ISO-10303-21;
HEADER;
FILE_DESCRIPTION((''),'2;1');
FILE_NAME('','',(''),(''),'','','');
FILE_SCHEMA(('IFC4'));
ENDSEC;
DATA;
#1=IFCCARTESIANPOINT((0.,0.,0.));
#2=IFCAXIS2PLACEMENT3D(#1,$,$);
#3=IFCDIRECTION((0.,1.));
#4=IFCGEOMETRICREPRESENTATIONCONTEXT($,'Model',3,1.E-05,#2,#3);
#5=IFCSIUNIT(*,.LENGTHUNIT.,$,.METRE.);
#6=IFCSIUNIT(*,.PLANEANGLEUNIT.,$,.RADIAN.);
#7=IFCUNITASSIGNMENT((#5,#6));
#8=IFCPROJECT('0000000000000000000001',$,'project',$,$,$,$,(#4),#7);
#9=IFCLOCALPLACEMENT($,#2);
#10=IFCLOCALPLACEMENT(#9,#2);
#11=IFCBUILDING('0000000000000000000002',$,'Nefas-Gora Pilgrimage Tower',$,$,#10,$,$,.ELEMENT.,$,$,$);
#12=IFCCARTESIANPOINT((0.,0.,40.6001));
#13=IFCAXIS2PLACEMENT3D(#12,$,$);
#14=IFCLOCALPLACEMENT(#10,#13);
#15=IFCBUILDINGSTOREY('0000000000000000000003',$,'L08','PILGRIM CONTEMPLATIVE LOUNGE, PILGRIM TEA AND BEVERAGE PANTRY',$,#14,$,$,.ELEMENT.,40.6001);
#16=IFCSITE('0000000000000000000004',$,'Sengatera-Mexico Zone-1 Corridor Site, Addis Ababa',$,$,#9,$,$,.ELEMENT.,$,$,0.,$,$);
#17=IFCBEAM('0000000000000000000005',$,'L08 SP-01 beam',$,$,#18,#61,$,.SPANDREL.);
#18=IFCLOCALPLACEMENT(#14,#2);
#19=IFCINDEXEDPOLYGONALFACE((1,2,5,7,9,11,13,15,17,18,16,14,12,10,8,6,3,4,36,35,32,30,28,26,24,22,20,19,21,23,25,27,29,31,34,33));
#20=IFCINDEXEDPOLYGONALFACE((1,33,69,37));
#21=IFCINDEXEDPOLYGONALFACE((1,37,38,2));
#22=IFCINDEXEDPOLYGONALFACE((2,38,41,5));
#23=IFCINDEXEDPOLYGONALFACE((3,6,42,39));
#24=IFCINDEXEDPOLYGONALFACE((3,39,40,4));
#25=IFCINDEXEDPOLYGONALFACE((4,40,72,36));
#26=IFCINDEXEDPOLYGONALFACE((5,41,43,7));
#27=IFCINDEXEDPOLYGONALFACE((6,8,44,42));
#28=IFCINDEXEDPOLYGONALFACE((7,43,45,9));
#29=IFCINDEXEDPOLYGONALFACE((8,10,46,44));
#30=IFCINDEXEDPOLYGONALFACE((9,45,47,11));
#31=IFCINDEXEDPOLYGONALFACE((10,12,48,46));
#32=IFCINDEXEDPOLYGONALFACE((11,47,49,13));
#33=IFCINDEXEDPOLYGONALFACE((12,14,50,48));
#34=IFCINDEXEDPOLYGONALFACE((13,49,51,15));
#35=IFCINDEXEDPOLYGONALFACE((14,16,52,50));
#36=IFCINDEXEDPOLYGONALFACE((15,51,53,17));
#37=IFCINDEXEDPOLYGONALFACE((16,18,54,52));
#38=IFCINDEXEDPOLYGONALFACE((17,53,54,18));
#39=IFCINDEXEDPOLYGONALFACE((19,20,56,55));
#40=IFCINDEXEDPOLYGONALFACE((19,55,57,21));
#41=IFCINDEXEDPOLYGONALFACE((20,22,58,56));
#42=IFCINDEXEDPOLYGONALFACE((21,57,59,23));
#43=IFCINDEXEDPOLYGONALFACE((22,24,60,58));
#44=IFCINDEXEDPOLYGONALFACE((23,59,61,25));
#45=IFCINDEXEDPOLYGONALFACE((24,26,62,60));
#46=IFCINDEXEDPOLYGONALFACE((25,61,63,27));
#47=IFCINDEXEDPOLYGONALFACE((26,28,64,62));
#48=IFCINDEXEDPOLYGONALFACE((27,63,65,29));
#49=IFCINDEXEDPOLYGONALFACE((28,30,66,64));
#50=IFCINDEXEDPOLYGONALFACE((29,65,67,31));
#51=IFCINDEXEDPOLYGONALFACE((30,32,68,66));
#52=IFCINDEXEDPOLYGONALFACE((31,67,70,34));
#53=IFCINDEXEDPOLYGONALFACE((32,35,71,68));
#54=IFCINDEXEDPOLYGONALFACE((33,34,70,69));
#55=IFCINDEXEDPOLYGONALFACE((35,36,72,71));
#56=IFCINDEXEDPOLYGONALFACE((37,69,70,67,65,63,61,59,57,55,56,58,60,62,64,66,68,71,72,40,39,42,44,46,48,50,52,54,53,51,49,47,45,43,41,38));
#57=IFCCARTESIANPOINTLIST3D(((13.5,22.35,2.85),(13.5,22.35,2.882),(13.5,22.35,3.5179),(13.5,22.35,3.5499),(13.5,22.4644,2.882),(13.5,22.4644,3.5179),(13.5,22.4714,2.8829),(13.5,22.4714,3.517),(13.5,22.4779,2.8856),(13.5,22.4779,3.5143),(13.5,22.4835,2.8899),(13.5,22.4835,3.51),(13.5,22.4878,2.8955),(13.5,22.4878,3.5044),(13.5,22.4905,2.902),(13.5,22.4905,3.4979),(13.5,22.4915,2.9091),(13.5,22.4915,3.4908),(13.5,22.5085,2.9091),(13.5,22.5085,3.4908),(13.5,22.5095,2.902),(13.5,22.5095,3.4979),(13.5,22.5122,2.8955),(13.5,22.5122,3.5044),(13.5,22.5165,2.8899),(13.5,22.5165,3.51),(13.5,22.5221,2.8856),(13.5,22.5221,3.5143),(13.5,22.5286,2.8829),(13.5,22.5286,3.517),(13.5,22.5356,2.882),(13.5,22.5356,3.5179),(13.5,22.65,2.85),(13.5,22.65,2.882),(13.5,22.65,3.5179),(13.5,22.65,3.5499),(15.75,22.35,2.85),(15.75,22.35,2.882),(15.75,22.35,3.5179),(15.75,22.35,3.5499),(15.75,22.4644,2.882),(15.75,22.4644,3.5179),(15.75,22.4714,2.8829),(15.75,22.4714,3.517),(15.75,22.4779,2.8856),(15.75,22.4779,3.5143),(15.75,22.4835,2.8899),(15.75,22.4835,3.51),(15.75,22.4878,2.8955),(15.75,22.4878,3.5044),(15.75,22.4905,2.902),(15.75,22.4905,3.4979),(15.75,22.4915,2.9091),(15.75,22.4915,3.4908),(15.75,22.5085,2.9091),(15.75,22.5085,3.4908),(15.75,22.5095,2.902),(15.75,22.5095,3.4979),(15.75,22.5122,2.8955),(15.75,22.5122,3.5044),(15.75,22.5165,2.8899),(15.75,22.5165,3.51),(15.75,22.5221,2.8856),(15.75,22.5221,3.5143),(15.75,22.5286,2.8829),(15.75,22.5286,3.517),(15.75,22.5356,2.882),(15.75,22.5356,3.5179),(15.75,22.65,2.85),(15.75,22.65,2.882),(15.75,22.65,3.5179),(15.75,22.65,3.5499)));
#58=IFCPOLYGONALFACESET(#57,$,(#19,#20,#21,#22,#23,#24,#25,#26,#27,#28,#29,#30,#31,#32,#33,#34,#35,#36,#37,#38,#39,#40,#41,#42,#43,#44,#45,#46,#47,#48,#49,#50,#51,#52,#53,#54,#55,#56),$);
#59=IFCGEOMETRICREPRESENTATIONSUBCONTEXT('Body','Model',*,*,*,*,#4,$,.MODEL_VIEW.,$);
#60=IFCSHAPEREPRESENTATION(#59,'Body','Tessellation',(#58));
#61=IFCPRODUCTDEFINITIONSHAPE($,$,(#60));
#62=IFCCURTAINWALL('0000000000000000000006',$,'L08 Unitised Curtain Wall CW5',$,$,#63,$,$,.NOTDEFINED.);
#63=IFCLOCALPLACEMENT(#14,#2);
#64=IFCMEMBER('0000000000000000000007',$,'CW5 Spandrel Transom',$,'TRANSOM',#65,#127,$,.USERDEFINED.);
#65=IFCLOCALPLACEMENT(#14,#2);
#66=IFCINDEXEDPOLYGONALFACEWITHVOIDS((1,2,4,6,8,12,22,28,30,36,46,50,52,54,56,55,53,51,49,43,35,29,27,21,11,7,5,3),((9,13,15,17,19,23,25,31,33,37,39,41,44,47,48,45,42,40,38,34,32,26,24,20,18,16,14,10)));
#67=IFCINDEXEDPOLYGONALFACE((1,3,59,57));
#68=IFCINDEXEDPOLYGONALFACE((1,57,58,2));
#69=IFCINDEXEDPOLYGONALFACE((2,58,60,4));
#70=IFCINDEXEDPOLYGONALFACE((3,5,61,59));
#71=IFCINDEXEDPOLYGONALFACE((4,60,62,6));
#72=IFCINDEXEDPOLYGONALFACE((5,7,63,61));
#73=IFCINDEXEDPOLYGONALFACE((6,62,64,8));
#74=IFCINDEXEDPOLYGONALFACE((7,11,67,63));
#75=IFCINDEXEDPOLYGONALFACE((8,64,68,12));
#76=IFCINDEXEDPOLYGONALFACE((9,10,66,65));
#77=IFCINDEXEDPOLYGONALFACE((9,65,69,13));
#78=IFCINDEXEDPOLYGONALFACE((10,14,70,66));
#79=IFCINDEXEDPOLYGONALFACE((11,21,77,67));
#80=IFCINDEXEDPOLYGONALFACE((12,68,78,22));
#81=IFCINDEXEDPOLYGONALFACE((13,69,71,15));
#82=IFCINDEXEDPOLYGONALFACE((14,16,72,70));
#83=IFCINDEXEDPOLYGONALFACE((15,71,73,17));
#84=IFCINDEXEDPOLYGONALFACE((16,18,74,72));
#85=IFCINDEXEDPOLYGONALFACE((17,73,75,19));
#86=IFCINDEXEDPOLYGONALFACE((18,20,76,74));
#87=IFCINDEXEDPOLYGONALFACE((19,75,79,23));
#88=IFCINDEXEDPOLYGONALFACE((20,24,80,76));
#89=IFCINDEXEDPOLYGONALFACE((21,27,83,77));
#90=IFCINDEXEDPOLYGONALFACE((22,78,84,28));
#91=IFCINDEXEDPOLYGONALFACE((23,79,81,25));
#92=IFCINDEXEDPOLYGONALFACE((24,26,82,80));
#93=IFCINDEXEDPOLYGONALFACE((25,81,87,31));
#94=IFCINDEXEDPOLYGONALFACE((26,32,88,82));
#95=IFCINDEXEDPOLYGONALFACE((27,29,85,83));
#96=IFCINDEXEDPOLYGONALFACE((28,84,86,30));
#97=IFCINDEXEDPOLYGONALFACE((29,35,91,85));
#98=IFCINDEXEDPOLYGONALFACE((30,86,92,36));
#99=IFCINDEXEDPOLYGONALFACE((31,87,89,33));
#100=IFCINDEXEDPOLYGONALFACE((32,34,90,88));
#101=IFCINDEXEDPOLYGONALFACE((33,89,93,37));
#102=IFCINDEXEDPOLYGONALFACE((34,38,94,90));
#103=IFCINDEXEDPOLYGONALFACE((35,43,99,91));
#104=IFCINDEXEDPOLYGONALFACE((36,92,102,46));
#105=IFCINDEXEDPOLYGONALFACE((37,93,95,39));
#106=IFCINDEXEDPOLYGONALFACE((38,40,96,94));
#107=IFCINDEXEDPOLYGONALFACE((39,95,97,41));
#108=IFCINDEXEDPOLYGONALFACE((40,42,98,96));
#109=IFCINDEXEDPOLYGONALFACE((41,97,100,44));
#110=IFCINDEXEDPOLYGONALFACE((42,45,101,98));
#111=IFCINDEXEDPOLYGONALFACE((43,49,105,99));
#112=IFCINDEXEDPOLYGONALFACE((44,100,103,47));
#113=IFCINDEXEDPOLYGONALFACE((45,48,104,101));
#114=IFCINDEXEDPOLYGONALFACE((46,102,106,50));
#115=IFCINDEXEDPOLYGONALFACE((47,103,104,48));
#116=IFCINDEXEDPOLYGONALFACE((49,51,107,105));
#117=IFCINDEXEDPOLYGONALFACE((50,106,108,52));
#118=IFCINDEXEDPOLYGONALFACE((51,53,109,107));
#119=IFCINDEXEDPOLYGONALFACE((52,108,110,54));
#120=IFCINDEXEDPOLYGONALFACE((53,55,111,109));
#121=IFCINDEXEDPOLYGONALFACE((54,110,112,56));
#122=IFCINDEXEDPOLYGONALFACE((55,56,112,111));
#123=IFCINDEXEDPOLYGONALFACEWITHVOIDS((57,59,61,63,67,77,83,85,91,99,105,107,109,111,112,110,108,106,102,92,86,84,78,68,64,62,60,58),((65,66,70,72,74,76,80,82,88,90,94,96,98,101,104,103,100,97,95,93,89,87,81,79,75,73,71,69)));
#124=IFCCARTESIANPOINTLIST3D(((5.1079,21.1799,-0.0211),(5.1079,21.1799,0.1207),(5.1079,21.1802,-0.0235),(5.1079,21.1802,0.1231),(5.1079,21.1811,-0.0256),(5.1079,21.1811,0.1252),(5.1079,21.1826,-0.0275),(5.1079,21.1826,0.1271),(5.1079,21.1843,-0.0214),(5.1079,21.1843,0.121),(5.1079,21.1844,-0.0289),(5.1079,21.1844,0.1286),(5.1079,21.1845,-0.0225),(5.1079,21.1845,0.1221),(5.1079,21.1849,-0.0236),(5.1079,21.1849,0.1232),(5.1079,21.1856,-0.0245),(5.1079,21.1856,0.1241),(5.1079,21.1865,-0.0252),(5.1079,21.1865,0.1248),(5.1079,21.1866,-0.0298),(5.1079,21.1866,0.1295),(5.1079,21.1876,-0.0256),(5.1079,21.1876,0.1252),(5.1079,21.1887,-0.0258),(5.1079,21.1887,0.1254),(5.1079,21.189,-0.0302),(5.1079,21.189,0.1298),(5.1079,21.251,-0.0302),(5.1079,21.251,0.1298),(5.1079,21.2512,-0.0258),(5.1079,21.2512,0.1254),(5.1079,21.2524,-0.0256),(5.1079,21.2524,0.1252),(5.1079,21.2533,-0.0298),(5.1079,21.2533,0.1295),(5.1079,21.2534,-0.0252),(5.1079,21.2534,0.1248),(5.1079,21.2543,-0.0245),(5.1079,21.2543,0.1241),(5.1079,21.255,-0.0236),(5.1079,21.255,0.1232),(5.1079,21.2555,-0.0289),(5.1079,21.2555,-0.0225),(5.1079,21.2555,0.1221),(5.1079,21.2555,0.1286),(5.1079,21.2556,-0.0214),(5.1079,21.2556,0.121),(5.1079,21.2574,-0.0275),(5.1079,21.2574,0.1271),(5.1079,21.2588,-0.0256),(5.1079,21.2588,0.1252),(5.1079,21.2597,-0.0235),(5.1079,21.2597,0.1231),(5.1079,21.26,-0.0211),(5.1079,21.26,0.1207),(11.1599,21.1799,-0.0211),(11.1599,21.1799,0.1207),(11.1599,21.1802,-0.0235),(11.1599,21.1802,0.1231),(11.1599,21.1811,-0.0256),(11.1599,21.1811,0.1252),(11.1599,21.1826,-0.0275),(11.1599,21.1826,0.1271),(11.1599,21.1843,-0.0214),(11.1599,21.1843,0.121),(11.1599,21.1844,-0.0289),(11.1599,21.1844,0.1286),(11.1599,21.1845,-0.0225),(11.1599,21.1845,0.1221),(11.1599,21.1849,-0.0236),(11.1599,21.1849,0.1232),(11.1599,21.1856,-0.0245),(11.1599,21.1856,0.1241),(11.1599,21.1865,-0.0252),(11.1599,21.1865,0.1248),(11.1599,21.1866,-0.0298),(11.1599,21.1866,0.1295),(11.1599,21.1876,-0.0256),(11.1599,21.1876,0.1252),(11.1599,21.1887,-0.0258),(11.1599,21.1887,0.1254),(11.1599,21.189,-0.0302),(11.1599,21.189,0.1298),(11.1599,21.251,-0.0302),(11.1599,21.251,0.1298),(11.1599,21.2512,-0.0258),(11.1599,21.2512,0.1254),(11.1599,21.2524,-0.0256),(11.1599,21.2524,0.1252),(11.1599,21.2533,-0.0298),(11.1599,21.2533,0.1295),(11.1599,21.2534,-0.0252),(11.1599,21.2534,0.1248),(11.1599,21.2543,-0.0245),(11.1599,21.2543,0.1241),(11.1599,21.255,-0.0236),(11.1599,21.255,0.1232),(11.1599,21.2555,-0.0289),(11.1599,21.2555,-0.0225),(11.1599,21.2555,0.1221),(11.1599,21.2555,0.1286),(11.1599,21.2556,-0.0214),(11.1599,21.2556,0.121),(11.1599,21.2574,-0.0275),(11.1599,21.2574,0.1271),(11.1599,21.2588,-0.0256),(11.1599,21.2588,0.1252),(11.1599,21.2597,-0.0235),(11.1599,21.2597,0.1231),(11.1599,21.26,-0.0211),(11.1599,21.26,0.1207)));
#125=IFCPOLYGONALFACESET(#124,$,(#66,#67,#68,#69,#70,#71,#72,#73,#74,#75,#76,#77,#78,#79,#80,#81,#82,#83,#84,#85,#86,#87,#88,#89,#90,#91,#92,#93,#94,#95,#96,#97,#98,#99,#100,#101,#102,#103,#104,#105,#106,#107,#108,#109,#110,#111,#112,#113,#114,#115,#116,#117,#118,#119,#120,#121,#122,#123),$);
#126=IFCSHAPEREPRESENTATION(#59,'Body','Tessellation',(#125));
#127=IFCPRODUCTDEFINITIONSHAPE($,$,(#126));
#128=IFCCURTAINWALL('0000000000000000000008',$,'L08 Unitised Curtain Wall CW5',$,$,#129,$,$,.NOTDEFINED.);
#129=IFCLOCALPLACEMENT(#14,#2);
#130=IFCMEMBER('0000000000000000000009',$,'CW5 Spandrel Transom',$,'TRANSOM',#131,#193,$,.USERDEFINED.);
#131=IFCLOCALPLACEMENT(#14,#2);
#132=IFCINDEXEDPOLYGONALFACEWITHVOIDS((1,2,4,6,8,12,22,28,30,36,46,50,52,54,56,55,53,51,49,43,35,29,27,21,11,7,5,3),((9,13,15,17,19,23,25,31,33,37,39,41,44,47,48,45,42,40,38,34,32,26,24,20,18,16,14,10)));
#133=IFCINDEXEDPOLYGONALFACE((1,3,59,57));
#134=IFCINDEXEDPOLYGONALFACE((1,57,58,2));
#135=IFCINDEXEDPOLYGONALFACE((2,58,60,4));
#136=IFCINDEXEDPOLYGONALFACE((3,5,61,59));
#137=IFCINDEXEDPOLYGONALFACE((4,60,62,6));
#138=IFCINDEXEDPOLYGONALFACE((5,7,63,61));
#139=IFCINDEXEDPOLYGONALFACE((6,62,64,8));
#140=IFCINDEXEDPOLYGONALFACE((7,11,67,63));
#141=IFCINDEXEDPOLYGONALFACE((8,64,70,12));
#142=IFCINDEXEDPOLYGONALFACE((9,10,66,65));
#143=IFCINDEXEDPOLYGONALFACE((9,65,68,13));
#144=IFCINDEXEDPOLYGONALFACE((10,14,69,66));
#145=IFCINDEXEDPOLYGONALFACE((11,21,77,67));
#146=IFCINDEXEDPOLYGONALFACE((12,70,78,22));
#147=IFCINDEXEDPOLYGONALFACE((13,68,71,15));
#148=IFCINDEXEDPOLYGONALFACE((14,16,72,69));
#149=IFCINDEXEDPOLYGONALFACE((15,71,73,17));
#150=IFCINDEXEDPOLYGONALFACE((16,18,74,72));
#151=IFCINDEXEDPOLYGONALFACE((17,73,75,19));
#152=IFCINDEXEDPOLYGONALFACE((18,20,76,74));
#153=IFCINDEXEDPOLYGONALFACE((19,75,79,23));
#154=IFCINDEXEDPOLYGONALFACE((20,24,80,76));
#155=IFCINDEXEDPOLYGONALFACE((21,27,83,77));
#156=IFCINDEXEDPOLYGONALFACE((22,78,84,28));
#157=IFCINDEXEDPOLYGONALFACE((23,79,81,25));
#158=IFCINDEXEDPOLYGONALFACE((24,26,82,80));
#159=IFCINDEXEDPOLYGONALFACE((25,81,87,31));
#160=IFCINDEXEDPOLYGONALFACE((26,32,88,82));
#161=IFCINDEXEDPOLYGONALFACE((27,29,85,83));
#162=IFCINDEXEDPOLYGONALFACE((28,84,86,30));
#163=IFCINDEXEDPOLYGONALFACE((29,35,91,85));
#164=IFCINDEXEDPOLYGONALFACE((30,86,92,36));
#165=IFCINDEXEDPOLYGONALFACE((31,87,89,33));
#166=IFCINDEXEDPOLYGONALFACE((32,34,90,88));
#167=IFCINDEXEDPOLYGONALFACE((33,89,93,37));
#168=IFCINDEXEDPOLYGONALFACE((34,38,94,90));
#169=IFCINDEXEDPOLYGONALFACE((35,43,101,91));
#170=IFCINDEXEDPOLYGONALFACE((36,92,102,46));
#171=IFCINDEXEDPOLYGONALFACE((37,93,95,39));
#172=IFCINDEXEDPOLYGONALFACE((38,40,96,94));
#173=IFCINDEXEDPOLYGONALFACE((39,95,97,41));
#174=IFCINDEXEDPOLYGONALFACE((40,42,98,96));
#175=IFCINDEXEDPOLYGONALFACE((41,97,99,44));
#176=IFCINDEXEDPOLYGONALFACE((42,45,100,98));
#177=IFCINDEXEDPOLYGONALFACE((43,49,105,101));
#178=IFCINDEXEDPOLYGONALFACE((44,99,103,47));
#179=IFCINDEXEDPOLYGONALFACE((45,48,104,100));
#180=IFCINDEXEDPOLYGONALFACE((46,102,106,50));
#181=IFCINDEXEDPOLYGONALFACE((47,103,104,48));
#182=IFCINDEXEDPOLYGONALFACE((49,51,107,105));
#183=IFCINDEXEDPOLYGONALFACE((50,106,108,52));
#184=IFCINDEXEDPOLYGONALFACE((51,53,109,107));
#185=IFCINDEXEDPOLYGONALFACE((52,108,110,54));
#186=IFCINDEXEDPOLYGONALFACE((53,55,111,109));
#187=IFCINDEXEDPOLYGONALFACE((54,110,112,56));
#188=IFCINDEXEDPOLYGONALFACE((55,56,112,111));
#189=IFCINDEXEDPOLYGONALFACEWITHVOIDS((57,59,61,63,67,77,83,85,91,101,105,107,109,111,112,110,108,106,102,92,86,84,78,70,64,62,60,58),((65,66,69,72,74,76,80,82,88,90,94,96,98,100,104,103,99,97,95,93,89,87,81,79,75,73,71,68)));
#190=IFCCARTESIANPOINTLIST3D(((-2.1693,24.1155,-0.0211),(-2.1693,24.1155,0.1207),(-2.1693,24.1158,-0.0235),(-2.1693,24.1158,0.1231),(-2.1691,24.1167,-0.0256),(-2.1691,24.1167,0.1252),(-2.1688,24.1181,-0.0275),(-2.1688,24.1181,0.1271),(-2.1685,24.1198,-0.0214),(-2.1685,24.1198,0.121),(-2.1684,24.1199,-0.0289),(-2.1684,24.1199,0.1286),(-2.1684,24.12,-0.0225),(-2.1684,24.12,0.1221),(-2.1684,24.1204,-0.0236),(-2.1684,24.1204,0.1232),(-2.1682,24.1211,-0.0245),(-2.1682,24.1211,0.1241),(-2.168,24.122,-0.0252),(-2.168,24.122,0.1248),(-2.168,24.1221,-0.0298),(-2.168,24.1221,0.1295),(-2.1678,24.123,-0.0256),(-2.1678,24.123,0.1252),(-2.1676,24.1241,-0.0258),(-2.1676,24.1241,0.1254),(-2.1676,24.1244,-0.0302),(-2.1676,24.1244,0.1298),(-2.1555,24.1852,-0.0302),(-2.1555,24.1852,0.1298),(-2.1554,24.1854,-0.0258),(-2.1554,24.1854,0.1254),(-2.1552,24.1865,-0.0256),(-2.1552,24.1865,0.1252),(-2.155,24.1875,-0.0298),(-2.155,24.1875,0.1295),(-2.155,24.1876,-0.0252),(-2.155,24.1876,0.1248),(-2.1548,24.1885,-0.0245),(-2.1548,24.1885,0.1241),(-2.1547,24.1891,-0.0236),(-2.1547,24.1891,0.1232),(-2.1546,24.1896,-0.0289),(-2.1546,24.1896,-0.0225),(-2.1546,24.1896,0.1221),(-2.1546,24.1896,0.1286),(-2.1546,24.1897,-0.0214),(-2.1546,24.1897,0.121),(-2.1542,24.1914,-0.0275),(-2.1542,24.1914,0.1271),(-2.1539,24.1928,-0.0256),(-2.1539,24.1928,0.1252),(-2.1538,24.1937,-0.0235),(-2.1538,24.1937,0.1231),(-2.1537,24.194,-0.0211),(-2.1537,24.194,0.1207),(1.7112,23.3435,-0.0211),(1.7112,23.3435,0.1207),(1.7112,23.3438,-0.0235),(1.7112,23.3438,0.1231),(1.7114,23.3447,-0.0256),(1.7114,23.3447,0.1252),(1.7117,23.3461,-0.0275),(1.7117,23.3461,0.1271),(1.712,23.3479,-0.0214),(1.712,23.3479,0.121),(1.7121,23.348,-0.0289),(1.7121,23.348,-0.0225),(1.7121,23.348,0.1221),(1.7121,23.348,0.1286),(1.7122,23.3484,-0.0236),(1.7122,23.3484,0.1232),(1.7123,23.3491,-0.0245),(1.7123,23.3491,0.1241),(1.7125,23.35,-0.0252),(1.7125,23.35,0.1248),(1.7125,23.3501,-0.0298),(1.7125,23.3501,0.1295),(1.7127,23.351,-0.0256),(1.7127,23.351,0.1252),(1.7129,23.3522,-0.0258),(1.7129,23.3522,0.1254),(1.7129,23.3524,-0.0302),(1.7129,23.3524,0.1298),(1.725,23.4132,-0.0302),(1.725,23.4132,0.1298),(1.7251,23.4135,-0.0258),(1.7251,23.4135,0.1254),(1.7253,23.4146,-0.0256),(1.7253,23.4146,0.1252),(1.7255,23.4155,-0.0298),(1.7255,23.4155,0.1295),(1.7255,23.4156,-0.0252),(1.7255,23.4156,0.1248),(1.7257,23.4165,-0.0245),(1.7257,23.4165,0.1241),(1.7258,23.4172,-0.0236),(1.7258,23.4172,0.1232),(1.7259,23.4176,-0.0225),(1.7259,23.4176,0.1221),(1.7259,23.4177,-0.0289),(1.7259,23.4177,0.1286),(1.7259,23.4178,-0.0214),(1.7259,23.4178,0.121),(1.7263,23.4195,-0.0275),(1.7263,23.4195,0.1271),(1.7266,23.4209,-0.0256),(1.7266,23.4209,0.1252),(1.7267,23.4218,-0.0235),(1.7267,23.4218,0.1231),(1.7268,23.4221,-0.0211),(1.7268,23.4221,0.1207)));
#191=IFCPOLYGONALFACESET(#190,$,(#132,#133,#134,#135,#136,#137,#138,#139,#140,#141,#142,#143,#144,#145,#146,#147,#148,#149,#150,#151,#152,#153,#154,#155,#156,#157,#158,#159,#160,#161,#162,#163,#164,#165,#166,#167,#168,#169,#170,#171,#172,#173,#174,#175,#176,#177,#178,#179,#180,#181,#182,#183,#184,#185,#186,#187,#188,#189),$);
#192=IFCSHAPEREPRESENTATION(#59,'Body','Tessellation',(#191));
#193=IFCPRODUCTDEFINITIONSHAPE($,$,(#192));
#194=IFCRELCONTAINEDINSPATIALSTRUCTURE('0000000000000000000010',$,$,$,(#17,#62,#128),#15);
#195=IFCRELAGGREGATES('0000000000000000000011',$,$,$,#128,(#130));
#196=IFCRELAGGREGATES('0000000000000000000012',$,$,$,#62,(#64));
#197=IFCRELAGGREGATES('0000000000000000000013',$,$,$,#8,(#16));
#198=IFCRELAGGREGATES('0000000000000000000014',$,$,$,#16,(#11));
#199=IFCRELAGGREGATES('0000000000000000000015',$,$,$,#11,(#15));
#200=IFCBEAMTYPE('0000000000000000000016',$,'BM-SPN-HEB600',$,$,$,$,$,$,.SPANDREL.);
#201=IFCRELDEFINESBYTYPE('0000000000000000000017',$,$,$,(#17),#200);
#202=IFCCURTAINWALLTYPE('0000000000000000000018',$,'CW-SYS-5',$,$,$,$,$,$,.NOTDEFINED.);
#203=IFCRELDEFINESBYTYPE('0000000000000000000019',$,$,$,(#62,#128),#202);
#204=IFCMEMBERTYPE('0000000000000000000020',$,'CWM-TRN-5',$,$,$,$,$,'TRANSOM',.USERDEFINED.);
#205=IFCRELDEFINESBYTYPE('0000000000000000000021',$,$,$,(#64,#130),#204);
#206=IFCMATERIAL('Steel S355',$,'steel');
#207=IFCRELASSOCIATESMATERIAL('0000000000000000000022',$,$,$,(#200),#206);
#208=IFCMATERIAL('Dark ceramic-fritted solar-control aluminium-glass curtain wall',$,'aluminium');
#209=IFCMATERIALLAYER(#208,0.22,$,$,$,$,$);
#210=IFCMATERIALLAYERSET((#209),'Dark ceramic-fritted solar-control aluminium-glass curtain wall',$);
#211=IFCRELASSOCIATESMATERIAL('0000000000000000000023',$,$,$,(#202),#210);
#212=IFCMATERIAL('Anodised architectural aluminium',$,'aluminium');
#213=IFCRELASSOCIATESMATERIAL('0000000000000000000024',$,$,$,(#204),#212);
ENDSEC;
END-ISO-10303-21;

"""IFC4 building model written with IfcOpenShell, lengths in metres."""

from ifc_helpers import new_model, si_unit, direction, frame, origin, origin_2d, place, context, subcontext, project, spatial, hollow_rectangle, i_section, extrude, source, transform, mapped, material, layer, layer_set, material_profile, profile_set, type_object, element, aggregate, save


model = new_model("IFC4")

# Units and contexts
model_context = context("Model", 3, precision=1e-05, world=origin(), true_north=direction((0.0, 1.0)))
body_context = subcontext(model_context, "Body", "Model", "MODEL_VIEW")
ifc_project = project(units=[si_unit("LENGTHUNIT", "METRE"), si_unit("PLANEANGLEUNIT", "RADIAN")], contexts=[model_context])

# Site, building, storey
site_placement = place(None, origin())
site = spatial("IfcSite", under=ifc_project, at=site_placement, Name="Sengatera-Mexico Zone-1 Corridor Site, Addis Ababa", CompositionType="ELEMENT", RefElevation=0.0)
building_placement = place(site_placement, origin())
building = spatial("IfcBuilding", under=site, at=building_placement, Name="Nefas-Gora Pilgrimage Tower", CompositionType="ELEMENT")
storey_placement = place(building_placement, frame((0.0, 0.0, 40.6001)))
storey = spatial("IfcBuildingStorey", under=building, at=storey_placement, Name="L08", Description="PILGRIM CONTEMPLATIVE LOUNGE, PILGRIM TEA AND BEVERAGE PANTRY", CompositionType="ELEMENT", Elevation=40.6001)

# Beam
ifc_material_1 = material(Name="Steel S355", Category="steel")
ifc_material_profile_1 = material_profile(ifc_material_1, i_section(OverallWidth=0.3, OverallDepth=0.7, WebThickness=0.0171, FlangeThickness=0.032, FilletRadius=0.0271, at=origin_2d()), Name="HEB 700")
ifc_profile_set_1 = profile_set([ifc_material_profile_1], Name="Steel S355")
beam_type_1 = type_object("IfcBeamType", Name="BM-SPN-HEB600", PredefinedType="SPANDREL", material=ifc_profile_set_1)
shared_shape_1 = source(origin(), body_context, "Body", "SweptSolid", [
    extrude(i_section(OverallWidth=0.3, OverallDepth=0.7, WebThickness=0.0171, FlangeThickness=0.032, FilletRadius=0.0271, at=origin_2d()), origin(), (0.0, 0.0, 1.0), 2.25),
])
beam_1_placement = place(storey_placement, frame((13.5, 22.5, 3.2), z_axis=(1.0, 0.0, 0.0), x_axis=(0.0, 1.0, 0.0)))
element("IfcBeam", 1, at=beam_1_placement, inside=storey, type_object=beam_type_1, Name="L08 SP-01 beam", PredefinedType="SPANDREL", context=body_context, shape_type="MappedRepresentation", body=[
    mapped(shared_shape_1, transform((0.0, 0.0, 0.0), x_axis=(1.0, 0.0, 0.0), y_axis=(0.0, 1.0, 0.0), z_axis=(0.0, 0.0, 1.0), scale=1.0)),
])

# Curtain walls, members
ifc_material_2 = material(Name="Dark ceramic-fritted solar-control aluminium-glass curtain wall", Category="aluminium")
ifc_layer_1 = layer(ifc_material_2, 0.22)
ifc_layer_set_1 = layer_set([ifc_layer_1], Name="Dark ceramic-fritted solar-control aluminium-glass curtain wall")
curtain_wall_type_1 = type_object("IfcCurtainWallType", Name="CW-SYS-5", PredefinedType="NOTDEFINED", material=ifc_layer_set_1)
curtain_wall_1_placement = place(storey_placement, origin())
curtain_wall_1 = element("IfcCurtainWall", 2, at=curtain_wall_1_placement, inside=storey, type_object=curtain_wall_type_1, Name="L08 Unitised Curtain Wall CW5", PredefinedType="NOTDEFINED")
ifc_material_3 = material(Name="Anodised architectural aluminium", Category="aluminium")
ifc_material_profile_2 = material_profile(ifc_material_3, hollow_rectangle(XDim=0.0801, YDim=0.1599, WallThickness=0.0044, InnerFilletRadius=0.0044, OuterFilletRadius=0.009, at=origin_2d()), Name="ALU TRANSOM 80x160")
ifc_profile_set_2 = profile_set([ifc_material_profile_2], Name="Anodised architectural aluminium")
member_type_1 = type_object("IfcMemberType", Name="CWM-TRN-5", ElementType="TRANSOM", PredefinedType="USERDEFINED", material=ifc_profile_set_2)
shared_shape_2 = source(origin(), body_context, "Body", "SweptSolid", [
    extrude(hollow_rectangle(XDim=0.0801, YDim=0.1599, WallThickness=0.0044, InnerFilletRadius=0.0044, OuterFilletRadius=0.009, at=origin_2d()), origin(), (0.0, 0.0, 1.0), 6.052),
])
member_1_placement = place(storey_placement, frame((11.1599, 21.22, 0.0498), z_axis=(-1.0, 0.0, 0.0), x_axis=(0.0, -1.0, 0.0)))
member_1 = element("IfcMember", 3, at=member_1_placement, type_object=member_type_1, Name="CW5 Spandrel Transom", ObjectType="TRANSOM", PredefinedType="USERDEFINED", context=body_context, shape_type="MappedRepresentation", body=[
    mapped(shared_shape_2, transform((0.0, 0.0, 0.0), x_axis=(1.0, 0.0, 0.0), y_axis=(0.0, 1.0, 0.0), z_axis=(0.0, 0.0, 1.0), scale=1.0)),
])
curtain_wall_2_placement = place(storey_placement, origin())
curtain_wall_2 = element("IfcCurtainWall", 4, at=curtain_wall_2_placement, inside=storey, type_object=curtain_wall_type_1, Name="L08 Unitised Curtain Wall CW5", PredefinedType="NOTDEFINED")
shared_shape_3 = source(origin(), body_context, "Body", "SweptSolid", [
    extrude(hollow_rectangle(XDim=0.0801, YDim=0.1599, WallThickness=0.0044, InnerFilletRadius=0.0044, OuterFilletRadius=0.009, at=origin_2d()), origin(), (0.0, 0.0, 1.0), 3.9565),
])
member_2_placement = place(storey_placement, frame((1.719, 23.3828, 0.0498), z_axis=(-0.980782, 0.195107, 0.0), x_axis=(-0.195107, -0.980782, 0.0)))
member_2 = element("IfcMember", 5, at=member_2_placement, type_object=member_type_1, Name="CW5 Spandrel Transom", ObjectType="TRANSOM", PredefinedType="USERDEFINED", context=body_context, shape_type="MappedRepresentation", body=[
    mapped(shared_shape_3, transform((0.0, 0.0, 0.0), x_axis=(1.0, 0.0, 0.0), y_axis=(0.0, 1.0, 0.0), z_axis=(0.0, 0.0, 1.0), scale=1.0)),
])

aggregate(curtain_wall_2, [member_2])

aggregate(curtain_wall_1, [member_1])

save(model, "model.ifc")
